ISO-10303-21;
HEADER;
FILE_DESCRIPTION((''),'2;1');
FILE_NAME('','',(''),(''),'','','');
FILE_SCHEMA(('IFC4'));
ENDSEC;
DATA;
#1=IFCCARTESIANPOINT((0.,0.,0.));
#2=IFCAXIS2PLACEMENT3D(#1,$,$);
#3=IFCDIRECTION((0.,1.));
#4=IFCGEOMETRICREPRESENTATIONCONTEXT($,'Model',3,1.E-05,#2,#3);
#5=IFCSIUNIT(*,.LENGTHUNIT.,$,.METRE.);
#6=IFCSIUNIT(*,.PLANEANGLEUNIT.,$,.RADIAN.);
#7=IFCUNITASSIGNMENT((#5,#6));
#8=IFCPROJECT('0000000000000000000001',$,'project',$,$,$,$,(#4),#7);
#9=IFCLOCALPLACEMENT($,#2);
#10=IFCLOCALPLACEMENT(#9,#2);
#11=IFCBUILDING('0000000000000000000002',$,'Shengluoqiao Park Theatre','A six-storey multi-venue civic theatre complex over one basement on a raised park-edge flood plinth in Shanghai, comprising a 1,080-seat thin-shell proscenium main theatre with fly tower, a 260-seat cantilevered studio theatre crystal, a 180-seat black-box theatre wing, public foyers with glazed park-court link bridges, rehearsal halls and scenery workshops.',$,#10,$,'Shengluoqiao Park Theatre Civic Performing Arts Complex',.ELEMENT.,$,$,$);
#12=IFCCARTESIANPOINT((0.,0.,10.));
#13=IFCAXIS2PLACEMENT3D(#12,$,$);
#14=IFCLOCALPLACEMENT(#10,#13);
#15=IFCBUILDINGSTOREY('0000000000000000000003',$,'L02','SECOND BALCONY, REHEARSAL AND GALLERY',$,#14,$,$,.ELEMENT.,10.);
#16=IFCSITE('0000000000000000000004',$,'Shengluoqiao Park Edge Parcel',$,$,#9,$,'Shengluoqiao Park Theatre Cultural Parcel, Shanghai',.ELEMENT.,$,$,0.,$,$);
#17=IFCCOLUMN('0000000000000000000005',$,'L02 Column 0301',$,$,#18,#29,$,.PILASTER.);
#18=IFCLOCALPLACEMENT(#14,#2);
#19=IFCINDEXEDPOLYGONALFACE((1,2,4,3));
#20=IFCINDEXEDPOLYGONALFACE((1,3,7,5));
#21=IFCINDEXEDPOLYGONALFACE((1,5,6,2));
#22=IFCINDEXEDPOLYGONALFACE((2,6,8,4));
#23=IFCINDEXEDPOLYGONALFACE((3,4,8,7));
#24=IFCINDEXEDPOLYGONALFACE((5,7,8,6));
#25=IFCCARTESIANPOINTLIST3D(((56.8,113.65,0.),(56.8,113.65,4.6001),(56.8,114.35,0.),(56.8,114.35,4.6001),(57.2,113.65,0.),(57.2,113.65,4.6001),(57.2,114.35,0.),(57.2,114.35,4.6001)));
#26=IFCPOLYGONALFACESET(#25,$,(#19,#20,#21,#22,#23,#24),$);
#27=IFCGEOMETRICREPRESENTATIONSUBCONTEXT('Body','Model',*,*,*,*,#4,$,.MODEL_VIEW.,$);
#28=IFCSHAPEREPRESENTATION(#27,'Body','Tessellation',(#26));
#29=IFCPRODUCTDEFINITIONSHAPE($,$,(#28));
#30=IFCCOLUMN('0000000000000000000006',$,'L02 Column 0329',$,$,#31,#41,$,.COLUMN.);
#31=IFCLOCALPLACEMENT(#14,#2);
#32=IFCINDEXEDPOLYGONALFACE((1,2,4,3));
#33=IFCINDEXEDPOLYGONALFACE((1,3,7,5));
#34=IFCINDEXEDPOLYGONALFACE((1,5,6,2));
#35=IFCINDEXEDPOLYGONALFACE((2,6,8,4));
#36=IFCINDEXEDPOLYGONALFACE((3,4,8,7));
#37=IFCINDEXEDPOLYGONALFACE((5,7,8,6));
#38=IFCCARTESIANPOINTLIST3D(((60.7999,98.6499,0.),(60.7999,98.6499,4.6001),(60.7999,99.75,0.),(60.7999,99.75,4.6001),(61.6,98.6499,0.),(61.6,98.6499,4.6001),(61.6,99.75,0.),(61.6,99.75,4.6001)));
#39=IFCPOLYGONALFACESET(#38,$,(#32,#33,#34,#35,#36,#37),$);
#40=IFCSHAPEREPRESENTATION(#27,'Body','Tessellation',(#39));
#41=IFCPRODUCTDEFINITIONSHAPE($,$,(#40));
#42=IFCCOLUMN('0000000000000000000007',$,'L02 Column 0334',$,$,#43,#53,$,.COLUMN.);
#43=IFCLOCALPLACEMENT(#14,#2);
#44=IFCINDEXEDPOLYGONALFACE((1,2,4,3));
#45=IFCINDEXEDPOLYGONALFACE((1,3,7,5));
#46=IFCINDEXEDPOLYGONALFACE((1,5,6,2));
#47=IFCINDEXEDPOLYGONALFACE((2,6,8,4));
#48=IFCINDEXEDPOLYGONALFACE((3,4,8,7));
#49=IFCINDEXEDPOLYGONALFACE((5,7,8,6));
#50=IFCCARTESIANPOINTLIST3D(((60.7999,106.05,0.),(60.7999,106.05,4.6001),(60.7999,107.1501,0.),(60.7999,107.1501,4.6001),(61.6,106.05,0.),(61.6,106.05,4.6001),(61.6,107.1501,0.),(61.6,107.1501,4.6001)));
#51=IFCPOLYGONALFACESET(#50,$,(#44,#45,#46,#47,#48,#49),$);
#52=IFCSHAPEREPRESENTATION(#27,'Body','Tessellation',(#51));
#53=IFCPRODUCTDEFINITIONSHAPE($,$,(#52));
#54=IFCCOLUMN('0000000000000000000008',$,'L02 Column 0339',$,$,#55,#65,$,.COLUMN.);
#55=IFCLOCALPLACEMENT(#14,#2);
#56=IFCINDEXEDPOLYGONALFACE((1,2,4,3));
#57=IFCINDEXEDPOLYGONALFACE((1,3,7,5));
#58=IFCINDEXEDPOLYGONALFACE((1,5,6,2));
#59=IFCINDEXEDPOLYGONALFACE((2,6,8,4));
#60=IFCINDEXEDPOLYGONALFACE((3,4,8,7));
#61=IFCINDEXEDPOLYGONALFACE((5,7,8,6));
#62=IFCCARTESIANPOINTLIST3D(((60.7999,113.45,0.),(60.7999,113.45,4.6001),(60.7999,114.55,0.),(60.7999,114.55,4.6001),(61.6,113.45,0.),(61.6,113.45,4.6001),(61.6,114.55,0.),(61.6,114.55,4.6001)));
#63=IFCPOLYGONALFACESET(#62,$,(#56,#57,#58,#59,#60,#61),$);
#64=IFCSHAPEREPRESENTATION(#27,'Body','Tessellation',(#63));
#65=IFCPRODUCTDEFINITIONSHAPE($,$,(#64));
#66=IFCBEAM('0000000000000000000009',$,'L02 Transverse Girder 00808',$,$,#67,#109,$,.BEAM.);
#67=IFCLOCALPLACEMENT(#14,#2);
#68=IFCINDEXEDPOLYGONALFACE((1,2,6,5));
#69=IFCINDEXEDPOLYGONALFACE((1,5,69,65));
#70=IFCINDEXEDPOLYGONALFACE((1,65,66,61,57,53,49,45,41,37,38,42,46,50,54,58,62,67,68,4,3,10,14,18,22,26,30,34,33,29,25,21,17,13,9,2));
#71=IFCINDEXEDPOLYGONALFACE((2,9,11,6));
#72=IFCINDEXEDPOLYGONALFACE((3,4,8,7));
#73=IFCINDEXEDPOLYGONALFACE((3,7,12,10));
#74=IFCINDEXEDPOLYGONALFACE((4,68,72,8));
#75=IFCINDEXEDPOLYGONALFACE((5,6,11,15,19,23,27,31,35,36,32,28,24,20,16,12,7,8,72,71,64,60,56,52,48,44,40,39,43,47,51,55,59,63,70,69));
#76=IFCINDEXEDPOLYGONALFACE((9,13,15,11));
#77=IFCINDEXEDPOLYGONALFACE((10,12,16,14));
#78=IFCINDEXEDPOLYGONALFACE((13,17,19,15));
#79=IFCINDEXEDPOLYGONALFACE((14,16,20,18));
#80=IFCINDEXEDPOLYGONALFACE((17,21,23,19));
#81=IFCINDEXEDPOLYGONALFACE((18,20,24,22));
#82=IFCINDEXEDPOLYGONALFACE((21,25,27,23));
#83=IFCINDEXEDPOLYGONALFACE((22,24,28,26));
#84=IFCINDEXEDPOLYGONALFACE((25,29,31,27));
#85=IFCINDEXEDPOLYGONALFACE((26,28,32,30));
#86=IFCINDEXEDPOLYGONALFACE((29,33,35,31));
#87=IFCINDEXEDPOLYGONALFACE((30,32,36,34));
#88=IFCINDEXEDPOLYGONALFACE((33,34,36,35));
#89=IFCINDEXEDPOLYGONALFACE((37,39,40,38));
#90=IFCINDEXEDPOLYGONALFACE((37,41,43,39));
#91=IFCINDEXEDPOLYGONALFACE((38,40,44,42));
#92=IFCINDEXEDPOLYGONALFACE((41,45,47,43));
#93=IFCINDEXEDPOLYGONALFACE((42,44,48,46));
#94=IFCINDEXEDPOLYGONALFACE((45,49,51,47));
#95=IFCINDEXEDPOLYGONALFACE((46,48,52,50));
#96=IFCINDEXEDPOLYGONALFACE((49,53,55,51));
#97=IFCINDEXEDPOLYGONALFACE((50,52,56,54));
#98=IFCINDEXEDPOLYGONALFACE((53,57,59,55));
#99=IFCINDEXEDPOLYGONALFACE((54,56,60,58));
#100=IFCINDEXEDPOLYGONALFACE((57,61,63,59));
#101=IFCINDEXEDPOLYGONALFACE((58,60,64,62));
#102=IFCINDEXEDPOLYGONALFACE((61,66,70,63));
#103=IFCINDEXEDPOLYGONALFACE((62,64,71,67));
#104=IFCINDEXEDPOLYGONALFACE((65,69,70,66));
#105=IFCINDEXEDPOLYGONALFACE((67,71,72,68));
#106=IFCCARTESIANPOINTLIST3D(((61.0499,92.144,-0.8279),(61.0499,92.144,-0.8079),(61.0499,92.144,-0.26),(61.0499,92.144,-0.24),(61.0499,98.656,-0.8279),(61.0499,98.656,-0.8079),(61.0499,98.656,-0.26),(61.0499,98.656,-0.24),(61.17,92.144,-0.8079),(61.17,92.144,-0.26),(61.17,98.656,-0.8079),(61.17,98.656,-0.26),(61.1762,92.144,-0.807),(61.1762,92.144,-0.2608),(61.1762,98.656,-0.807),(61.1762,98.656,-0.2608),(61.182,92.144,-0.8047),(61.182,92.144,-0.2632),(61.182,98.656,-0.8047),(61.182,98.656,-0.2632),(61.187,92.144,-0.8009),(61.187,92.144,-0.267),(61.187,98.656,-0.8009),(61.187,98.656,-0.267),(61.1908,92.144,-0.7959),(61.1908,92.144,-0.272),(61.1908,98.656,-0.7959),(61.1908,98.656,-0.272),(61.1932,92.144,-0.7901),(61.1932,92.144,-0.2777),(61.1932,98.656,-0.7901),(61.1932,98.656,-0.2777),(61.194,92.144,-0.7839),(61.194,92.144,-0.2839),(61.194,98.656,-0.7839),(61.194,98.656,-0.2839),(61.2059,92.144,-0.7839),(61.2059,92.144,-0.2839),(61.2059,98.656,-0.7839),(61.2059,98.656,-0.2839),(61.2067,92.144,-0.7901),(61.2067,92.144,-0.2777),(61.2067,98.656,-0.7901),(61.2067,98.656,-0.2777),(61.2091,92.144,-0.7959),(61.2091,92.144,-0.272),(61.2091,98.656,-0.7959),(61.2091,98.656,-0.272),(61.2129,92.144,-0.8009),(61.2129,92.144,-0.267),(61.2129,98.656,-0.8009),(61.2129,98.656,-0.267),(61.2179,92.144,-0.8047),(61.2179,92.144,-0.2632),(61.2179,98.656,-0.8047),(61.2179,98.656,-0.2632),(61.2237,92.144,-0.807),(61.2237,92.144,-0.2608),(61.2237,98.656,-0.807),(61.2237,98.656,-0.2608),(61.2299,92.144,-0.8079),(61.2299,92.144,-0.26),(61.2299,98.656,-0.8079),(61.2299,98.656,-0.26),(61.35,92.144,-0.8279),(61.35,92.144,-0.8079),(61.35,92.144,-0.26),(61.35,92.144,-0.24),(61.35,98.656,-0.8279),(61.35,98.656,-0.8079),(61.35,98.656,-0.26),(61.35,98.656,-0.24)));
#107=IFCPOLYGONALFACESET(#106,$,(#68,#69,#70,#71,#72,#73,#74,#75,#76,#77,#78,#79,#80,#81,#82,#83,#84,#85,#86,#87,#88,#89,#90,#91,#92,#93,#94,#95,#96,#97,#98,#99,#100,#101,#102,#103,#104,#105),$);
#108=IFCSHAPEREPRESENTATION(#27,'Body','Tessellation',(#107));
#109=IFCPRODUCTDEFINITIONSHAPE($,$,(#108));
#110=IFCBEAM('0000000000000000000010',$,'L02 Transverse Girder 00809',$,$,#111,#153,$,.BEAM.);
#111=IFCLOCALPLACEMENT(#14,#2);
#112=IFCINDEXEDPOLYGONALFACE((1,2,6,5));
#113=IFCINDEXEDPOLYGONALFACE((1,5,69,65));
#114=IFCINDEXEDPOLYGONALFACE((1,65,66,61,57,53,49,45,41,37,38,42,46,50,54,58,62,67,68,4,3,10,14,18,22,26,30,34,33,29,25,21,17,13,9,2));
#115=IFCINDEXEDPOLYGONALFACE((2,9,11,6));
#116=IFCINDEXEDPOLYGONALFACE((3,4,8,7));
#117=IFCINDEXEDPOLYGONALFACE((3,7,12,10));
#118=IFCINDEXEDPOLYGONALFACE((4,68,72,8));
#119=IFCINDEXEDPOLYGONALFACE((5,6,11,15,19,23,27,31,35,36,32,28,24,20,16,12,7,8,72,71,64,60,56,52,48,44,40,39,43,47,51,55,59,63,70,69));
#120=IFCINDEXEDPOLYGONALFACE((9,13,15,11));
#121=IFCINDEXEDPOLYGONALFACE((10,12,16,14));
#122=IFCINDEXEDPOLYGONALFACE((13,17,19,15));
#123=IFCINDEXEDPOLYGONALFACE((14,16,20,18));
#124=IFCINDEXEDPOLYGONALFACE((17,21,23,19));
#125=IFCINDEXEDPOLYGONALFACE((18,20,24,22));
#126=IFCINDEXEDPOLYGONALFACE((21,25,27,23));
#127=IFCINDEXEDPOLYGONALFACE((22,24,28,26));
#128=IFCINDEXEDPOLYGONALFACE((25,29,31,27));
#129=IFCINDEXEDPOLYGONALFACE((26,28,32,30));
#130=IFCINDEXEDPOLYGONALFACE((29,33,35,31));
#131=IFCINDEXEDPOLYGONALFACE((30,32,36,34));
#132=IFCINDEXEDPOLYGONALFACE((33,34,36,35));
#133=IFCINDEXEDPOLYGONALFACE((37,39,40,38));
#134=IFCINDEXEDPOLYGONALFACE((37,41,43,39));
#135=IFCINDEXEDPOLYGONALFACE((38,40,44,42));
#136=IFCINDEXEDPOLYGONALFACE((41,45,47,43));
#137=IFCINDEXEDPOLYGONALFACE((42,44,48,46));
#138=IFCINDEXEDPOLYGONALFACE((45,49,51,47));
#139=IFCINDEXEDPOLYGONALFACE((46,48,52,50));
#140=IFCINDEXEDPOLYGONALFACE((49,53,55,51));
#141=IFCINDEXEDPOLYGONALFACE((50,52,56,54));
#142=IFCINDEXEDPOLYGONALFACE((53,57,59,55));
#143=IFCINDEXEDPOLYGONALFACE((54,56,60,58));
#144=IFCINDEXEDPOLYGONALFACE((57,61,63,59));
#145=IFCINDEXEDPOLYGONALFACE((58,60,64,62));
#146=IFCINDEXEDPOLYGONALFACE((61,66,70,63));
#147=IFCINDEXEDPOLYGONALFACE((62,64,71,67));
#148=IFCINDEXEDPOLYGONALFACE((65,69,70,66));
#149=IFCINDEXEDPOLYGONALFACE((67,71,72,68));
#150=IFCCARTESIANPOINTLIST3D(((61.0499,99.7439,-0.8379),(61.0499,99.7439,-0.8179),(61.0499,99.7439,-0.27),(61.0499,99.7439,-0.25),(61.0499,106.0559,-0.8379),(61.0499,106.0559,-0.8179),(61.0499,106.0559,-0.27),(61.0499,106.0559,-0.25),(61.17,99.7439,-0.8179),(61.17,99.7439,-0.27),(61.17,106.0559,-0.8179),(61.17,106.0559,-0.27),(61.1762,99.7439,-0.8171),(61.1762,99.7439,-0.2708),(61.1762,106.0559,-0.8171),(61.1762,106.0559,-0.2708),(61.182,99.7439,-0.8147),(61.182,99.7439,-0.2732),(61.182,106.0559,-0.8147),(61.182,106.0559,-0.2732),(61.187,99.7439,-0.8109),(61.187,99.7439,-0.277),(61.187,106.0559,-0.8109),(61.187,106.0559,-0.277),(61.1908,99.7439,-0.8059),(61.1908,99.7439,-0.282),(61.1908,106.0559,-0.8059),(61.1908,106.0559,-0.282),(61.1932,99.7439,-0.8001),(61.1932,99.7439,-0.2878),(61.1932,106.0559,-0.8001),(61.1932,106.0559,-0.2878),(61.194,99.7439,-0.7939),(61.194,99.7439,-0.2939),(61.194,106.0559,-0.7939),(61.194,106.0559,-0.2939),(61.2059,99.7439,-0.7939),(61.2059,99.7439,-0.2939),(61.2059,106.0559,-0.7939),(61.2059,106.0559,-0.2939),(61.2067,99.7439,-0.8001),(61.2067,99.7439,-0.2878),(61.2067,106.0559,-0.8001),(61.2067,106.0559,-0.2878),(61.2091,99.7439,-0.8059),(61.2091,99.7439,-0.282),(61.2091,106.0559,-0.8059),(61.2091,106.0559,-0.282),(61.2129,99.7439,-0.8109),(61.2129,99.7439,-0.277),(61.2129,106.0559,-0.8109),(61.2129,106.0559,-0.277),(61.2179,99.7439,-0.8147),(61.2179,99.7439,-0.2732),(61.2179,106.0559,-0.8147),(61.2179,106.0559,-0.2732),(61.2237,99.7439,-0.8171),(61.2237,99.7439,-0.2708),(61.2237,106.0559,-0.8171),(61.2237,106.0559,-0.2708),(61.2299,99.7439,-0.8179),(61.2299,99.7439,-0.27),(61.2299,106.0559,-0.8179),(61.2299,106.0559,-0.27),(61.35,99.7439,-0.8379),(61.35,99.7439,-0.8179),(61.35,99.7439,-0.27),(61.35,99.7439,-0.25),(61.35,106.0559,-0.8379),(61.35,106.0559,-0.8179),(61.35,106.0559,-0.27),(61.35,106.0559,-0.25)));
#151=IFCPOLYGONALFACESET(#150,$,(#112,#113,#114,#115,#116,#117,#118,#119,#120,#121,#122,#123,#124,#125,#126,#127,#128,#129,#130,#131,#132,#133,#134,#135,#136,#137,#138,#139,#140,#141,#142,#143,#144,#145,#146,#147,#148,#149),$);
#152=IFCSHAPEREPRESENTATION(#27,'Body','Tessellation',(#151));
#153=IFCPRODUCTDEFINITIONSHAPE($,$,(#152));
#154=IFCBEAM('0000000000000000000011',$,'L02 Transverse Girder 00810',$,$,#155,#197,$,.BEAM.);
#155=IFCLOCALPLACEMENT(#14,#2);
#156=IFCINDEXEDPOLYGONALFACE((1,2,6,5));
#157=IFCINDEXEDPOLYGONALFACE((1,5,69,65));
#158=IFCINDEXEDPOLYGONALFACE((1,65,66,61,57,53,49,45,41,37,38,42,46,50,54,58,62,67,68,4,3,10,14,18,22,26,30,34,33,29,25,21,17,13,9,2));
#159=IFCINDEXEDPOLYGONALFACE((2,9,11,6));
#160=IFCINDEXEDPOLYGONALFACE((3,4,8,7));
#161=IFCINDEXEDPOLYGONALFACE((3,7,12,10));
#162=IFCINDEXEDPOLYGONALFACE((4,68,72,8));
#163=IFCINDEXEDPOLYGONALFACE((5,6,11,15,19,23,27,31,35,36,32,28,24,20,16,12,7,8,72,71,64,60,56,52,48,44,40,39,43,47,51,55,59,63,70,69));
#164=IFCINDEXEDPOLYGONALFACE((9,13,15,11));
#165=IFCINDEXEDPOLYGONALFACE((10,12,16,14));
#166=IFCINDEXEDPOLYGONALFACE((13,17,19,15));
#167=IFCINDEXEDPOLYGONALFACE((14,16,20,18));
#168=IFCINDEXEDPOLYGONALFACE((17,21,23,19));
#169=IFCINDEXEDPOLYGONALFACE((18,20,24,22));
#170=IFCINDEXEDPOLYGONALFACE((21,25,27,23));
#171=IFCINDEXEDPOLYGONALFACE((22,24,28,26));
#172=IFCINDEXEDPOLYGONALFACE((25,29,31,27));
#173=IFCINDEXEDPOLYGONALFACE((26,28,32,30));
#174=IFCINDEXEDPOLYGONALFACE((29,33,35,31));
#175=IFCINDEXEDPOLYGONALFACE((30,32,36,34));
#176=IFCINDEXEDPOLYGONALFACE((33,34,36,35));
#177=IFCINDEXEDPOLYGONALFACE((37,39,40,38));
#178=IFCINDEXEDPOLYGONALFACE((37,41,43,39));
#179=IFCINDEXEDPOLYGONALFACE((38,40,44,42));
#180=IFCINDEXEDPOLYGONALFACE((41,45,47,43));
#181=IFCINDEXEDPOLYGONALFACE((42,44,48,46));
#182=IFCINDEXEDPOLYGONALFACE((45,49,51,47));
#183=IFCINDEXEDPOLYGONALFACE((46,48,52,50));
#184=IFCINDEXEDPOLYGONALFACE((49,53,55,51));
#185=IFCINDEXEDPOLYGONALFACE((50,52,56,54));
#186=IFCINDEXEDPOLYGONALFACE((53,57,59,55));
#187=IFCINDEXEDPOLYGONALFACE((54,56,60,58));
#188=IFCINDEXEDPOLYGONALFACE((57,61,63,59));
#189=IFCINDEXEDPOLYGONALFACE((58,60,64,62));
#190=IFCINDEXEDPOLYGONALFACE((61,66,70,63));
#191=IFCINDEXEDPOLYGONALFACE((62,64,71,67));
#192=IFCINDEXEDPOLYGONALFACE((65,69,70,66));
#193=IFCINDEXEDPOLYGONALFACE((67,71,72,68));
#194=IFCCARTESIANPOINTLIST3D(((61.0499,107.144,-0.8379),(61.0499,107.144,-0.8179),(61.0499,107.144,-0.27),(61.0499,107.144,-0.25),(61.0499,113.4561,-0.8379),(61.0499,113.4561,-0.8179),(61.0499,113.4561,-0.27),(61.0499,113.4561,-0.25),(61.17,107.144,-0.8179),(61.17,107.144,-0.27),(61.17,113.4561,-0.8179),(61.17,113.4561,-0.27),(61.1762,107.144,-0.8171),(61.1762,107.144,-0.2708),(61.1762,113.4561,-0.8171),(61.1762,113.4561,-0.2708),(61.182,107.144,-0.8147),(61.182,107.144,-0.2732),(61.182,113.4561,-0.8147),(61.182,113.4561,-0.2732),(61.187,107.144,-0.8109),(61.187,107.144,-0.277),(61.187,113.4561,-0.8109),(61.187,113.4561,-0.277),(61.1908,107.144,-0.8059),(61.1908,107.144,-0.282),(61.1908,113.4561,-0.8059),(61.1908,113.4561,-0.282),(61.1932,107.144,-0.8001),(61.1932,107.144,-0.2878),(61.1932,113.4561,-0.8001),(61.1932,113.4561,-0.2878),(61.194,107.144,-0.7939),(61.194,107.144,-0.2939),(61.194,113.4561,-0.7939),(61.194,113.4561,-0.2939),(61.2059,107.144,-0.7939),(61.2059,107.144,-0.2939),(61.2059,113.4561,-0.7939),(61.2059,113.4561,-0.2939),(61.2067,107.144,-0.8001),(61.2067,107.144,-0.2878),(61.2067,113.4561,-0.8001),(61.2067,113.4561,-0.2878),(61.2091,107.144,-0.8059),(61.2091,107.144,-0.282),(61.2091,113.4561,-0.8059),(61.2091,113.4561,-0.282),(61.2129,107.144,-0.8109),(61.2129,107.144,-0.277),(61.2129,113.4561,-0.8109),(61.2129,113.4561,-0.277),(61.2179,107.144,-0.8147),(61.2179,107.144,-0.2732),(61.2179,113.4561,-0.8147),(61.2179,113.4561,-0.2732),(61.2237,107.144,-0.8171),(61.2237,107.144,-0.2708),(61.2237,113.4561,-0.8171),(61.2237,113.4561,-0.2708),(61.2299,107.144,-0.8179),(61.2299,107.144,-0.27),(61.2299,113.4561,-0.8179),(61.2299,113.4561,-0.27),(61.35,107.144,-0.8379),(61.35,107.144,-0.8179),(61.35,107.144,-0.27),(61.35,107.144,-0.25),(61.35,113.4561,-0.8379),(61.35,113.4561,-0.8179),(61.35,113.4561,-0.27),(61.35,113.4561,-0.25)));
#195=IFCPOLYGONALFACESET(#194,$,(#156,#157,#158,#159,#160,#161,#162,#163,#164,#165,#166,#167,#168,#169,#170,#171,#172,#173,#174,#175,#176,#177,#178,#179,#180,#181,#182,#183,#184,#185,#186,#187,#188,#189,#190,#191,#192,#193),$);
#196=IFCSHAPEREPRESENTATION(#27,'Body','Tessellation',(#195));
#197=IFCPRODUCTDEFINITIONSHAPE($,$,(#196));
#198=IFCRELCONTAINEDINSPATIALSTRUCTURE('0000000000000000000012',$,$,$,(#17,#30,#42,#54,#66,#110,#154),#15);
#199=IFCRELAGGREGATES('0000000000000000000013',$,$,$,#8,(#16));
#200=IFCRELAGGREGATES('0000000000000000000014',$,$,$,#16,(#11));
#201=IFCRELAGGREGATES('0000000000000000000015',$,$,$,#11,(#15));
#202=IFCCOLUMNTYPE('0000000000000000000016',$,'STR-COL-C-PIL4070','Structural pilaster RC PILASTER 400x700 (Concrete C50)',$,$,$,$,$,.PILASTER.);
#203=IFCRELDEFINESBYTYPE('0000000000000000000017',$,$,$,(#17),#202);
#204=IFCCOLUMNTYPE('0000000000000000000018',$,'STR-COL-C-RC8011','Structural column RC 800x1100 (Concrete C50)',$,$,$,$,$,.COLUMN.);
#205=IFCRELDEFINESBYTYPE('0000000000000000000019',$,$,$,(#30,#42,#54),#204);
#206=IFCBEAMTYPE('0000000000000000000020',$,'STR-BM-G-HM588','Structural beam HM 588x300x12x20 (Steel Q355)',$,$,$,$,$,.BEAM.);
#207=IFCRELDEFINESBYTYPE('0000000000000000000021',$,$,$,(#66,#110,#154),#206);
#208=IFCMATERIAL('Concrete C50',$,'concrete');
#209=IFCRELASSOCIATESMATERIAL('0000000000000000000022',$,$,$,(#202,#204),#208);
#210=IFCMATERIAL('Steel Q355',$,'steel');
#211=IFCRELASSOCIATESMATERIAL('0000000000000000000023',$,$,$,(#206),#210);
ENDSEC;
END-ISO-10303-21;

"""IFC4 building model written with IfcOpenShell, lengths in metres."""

from ifc_helpers import new_model, si_unit, direction, frame, origin, origin_2d, place, context, subcontext, project, spatial, rectangle, i_section, extrude, material, material_profile, profile_set, type_object, element, save


model = new_model("IFC4")

# Units and contexts
model_context = context("Model", 3, precision=1e-05, world=origin(), true_north=direction((0.0, 1.0)))
body_context = subcontext(model_context, "Body", "Model", "MODEL_VIEW")
ifc_project = project(units=[si_unit("LENGTHUNIT", "METRE"), si_unit("PLANEANGLEUNIT", "RADIAN")], contexts=[model_context])

# Site, building, storey
site_placement = place(None, origin())
site = spatial("IfcSite", under=ifc_project, at=site_placement, Name="Shengluoqiao Park Edge Parcel", LongName="Shengluoqiao Park Theatre Cultural Parcel, Shanghai", CompositionType="ELEMENT", RefElevation=0.0)
building_placement = place(site_placement, origin())
building = spatial("IfcBuilding", under=site, at=building_placement, Name="Shengluoqiao Park Theatre", Description="A six-storey multi-venue civic theatre complex over one basement on a raised park-edge flood plinth in Shanghai, comprising a 1,080-seat thin-shell proscenium main theatre with fly tower, a 260-seat cantilevered studio theatre crystal, a 180-seat black-box theatre wing, public foyers with glazed park-court link bridges, rehearsal halls and scenery workshops.", LongName="Shengluoqiao Park Theatre Civic Performing Arts Complex", CompositionType="ELEMENT")
storey_placement = place(building_placement, frame((0.0, 0.0, 10.0)))
storey = spatial("IfcBuildingStorey", under=building, at=storey_placement, Name="L02", Description="SECOND BALCONY, REHEARSAL AND GALLERY", CompositionType="ELEMENT", Elevation=10.0)

# Columns
ifc_material_1 = material(Name="Concrete C50", Category="concrete")
ifc_material_profile_1 = material_profile(ifc_material_1, rectangle(XDim=0.3999, YDim=0.7, at=origin_2d()), Name="RC PILASTER 400x700")
ifc_profile_set_1 = profile_set([ifc_material_profile_1], Name="Concrete C50")
column_type_1 = type_object("IfcColumnType", Name="STR-COL-C-PIL4070", Description="Structural pilaster RC PILASTER 400x700 (Concrete C50)", PredefinedType="PILASTER", material=ifc_profile_set_1)
column_placement = place(storey_placement, frame((57.0, 114.0, 0.0), z_axis=(0.0, 0.0, 1.0), x_axis=(1.0, 0.0, 0.0)))
element("IfcColumn", 1, at=column_placement, inside=storey, type_object=column_type_1, Name="L02 Column 0301", PredefinedType="PILASTER", context=body_context, shape_type="SweptSolid", body=[
    extrude(rectangle(XDim=0.3999, YDim=0.7, at=origin_2d()), origin(), (0.0, 0.0, 1.0), 4.6001),
])
ifc_material_profile_2 = material_profile(ifc_material_1, rectangle(XDim=0.8, YDim=1.1001, at=origin_2d()), Name="RC 800x1100")
ifc_profile_set_2 = profile_set([ifc_material_profile_2], Name="Concrete C50")
column_type_2 = type_object("IfcColumnType", Name="STR-COL-C-RC8011", Description="Structural column RC 800x1100 (Concrete C50)", PredefinedType="COLUMN", material=ifc_profile_set_2)
for number, where, z_axis, x_axis, name in (
    (2, (61.2, 99.2, 0.0), (0.0, 0.0, 1.0), (1.0, 0.0, 0.0), "L02 Column 0329"),
    (3, (61.2, 106.6001, 0.0), (0.0, 0.0, 1.0), (1.0, 0.0, 0.0), "L02 Column 0334"),
    (4, (61.2, 114.0, 0.0), (0.0, 0.0, 1.0), (1.0, 0.0, 0.0), "L02 Column 0339"),
):
    element("IfcColumn", number, at=place(storey_placement, frame(where, z_axis=z_axis, x_axis=x_axis)), inside=storey, type_object=column_type_2, Name=name, PredefinedType="COLUMN", context=body_context, shape_type="SweptSolid", body=[
        extrude(rectangle(XDim=0.8, YDim=1.1001, at=origin_2d()), origin(), (0.0, 0.0, 1.0), 4.6001),
    ])

# Beams
ifc_material_2 = material(Name="Steel Q355", Category="steel")
ifc_material_profile_3 = material_profile(ifc_material_2, i_section(OverallWidth=0.3, OverallDepth=0.5879, WebThickness=0.012, FlangeThickness=0.02, FilletRadius=0.0239, at=origin_2d()), Name="HM 588x300x12x20")
ifc_profile_set_3 = profile_set([ifc_material_profile_3], Name="Steel Q355")
beam_type_1 = type_object("IfcBeamType", Name="STR-BM-G-HM588", Description="Structural beam HM 588x300x12x20 (Steel Q355)", PredefinedType="BEAM", material=ifc_profile_set_3)
beam_placement = place(storey_placement, frame((61.2, 92.144, -0.5339), z_axis=(0.0, 1.0, 0.0), x_axis=(-1.0, 0.0, 0.0)))
element("IfcBeam", 5, at=beam_placement, inside=storey, type_object=beam_type_1, Name="L02 Transverse Girder 00808", PredefinedType="BEAM", context=body_context, shape_type="SweptSolid", body=[
    extrude(i_section(OverallWidth=0.3, OverallDepth=0.5879, WebThickness=0.012, FlangeThickness=0.02, FilletRadius=0.0239, at=origin_2d()), origin(), (0.0, 0.0, 1.0), 6.512),
])
for number, where, z_axis, x_axis, name in (
    (6, (61.2, 99.7439, -0.5439), (0.0, 1.0, 0.0), (-1.0, 0.0, 0.0), "L02 Transverse Girder 00809"),
    (7, (61.2, 107.144, -0.5439), (0.0, 1.0, 0.0), (-1.0, 0.0, 0.0), "L02 Transverse Girder 00810"),
):
    element("IfcBeam", number, at=place(storey_placement, frame(where, z_axis=z_axis, x_axis=x_axis)), inside=storey, type_object=beam_type_1, Name=name, PredefinedType="BEAM", context=body_context, shape_type="SweptSolid", body=[
        extrude(i_section(OverallWidth=0.3, OverallDepth=0.5879, WebThickness=0.012, FlangeThickness=0.02, FilletRadius=0.0239, at=origin_2d()), origin(), (0.0, 0.0, 1.0), 6.312),
    ])

save(model, "model.ifc")
